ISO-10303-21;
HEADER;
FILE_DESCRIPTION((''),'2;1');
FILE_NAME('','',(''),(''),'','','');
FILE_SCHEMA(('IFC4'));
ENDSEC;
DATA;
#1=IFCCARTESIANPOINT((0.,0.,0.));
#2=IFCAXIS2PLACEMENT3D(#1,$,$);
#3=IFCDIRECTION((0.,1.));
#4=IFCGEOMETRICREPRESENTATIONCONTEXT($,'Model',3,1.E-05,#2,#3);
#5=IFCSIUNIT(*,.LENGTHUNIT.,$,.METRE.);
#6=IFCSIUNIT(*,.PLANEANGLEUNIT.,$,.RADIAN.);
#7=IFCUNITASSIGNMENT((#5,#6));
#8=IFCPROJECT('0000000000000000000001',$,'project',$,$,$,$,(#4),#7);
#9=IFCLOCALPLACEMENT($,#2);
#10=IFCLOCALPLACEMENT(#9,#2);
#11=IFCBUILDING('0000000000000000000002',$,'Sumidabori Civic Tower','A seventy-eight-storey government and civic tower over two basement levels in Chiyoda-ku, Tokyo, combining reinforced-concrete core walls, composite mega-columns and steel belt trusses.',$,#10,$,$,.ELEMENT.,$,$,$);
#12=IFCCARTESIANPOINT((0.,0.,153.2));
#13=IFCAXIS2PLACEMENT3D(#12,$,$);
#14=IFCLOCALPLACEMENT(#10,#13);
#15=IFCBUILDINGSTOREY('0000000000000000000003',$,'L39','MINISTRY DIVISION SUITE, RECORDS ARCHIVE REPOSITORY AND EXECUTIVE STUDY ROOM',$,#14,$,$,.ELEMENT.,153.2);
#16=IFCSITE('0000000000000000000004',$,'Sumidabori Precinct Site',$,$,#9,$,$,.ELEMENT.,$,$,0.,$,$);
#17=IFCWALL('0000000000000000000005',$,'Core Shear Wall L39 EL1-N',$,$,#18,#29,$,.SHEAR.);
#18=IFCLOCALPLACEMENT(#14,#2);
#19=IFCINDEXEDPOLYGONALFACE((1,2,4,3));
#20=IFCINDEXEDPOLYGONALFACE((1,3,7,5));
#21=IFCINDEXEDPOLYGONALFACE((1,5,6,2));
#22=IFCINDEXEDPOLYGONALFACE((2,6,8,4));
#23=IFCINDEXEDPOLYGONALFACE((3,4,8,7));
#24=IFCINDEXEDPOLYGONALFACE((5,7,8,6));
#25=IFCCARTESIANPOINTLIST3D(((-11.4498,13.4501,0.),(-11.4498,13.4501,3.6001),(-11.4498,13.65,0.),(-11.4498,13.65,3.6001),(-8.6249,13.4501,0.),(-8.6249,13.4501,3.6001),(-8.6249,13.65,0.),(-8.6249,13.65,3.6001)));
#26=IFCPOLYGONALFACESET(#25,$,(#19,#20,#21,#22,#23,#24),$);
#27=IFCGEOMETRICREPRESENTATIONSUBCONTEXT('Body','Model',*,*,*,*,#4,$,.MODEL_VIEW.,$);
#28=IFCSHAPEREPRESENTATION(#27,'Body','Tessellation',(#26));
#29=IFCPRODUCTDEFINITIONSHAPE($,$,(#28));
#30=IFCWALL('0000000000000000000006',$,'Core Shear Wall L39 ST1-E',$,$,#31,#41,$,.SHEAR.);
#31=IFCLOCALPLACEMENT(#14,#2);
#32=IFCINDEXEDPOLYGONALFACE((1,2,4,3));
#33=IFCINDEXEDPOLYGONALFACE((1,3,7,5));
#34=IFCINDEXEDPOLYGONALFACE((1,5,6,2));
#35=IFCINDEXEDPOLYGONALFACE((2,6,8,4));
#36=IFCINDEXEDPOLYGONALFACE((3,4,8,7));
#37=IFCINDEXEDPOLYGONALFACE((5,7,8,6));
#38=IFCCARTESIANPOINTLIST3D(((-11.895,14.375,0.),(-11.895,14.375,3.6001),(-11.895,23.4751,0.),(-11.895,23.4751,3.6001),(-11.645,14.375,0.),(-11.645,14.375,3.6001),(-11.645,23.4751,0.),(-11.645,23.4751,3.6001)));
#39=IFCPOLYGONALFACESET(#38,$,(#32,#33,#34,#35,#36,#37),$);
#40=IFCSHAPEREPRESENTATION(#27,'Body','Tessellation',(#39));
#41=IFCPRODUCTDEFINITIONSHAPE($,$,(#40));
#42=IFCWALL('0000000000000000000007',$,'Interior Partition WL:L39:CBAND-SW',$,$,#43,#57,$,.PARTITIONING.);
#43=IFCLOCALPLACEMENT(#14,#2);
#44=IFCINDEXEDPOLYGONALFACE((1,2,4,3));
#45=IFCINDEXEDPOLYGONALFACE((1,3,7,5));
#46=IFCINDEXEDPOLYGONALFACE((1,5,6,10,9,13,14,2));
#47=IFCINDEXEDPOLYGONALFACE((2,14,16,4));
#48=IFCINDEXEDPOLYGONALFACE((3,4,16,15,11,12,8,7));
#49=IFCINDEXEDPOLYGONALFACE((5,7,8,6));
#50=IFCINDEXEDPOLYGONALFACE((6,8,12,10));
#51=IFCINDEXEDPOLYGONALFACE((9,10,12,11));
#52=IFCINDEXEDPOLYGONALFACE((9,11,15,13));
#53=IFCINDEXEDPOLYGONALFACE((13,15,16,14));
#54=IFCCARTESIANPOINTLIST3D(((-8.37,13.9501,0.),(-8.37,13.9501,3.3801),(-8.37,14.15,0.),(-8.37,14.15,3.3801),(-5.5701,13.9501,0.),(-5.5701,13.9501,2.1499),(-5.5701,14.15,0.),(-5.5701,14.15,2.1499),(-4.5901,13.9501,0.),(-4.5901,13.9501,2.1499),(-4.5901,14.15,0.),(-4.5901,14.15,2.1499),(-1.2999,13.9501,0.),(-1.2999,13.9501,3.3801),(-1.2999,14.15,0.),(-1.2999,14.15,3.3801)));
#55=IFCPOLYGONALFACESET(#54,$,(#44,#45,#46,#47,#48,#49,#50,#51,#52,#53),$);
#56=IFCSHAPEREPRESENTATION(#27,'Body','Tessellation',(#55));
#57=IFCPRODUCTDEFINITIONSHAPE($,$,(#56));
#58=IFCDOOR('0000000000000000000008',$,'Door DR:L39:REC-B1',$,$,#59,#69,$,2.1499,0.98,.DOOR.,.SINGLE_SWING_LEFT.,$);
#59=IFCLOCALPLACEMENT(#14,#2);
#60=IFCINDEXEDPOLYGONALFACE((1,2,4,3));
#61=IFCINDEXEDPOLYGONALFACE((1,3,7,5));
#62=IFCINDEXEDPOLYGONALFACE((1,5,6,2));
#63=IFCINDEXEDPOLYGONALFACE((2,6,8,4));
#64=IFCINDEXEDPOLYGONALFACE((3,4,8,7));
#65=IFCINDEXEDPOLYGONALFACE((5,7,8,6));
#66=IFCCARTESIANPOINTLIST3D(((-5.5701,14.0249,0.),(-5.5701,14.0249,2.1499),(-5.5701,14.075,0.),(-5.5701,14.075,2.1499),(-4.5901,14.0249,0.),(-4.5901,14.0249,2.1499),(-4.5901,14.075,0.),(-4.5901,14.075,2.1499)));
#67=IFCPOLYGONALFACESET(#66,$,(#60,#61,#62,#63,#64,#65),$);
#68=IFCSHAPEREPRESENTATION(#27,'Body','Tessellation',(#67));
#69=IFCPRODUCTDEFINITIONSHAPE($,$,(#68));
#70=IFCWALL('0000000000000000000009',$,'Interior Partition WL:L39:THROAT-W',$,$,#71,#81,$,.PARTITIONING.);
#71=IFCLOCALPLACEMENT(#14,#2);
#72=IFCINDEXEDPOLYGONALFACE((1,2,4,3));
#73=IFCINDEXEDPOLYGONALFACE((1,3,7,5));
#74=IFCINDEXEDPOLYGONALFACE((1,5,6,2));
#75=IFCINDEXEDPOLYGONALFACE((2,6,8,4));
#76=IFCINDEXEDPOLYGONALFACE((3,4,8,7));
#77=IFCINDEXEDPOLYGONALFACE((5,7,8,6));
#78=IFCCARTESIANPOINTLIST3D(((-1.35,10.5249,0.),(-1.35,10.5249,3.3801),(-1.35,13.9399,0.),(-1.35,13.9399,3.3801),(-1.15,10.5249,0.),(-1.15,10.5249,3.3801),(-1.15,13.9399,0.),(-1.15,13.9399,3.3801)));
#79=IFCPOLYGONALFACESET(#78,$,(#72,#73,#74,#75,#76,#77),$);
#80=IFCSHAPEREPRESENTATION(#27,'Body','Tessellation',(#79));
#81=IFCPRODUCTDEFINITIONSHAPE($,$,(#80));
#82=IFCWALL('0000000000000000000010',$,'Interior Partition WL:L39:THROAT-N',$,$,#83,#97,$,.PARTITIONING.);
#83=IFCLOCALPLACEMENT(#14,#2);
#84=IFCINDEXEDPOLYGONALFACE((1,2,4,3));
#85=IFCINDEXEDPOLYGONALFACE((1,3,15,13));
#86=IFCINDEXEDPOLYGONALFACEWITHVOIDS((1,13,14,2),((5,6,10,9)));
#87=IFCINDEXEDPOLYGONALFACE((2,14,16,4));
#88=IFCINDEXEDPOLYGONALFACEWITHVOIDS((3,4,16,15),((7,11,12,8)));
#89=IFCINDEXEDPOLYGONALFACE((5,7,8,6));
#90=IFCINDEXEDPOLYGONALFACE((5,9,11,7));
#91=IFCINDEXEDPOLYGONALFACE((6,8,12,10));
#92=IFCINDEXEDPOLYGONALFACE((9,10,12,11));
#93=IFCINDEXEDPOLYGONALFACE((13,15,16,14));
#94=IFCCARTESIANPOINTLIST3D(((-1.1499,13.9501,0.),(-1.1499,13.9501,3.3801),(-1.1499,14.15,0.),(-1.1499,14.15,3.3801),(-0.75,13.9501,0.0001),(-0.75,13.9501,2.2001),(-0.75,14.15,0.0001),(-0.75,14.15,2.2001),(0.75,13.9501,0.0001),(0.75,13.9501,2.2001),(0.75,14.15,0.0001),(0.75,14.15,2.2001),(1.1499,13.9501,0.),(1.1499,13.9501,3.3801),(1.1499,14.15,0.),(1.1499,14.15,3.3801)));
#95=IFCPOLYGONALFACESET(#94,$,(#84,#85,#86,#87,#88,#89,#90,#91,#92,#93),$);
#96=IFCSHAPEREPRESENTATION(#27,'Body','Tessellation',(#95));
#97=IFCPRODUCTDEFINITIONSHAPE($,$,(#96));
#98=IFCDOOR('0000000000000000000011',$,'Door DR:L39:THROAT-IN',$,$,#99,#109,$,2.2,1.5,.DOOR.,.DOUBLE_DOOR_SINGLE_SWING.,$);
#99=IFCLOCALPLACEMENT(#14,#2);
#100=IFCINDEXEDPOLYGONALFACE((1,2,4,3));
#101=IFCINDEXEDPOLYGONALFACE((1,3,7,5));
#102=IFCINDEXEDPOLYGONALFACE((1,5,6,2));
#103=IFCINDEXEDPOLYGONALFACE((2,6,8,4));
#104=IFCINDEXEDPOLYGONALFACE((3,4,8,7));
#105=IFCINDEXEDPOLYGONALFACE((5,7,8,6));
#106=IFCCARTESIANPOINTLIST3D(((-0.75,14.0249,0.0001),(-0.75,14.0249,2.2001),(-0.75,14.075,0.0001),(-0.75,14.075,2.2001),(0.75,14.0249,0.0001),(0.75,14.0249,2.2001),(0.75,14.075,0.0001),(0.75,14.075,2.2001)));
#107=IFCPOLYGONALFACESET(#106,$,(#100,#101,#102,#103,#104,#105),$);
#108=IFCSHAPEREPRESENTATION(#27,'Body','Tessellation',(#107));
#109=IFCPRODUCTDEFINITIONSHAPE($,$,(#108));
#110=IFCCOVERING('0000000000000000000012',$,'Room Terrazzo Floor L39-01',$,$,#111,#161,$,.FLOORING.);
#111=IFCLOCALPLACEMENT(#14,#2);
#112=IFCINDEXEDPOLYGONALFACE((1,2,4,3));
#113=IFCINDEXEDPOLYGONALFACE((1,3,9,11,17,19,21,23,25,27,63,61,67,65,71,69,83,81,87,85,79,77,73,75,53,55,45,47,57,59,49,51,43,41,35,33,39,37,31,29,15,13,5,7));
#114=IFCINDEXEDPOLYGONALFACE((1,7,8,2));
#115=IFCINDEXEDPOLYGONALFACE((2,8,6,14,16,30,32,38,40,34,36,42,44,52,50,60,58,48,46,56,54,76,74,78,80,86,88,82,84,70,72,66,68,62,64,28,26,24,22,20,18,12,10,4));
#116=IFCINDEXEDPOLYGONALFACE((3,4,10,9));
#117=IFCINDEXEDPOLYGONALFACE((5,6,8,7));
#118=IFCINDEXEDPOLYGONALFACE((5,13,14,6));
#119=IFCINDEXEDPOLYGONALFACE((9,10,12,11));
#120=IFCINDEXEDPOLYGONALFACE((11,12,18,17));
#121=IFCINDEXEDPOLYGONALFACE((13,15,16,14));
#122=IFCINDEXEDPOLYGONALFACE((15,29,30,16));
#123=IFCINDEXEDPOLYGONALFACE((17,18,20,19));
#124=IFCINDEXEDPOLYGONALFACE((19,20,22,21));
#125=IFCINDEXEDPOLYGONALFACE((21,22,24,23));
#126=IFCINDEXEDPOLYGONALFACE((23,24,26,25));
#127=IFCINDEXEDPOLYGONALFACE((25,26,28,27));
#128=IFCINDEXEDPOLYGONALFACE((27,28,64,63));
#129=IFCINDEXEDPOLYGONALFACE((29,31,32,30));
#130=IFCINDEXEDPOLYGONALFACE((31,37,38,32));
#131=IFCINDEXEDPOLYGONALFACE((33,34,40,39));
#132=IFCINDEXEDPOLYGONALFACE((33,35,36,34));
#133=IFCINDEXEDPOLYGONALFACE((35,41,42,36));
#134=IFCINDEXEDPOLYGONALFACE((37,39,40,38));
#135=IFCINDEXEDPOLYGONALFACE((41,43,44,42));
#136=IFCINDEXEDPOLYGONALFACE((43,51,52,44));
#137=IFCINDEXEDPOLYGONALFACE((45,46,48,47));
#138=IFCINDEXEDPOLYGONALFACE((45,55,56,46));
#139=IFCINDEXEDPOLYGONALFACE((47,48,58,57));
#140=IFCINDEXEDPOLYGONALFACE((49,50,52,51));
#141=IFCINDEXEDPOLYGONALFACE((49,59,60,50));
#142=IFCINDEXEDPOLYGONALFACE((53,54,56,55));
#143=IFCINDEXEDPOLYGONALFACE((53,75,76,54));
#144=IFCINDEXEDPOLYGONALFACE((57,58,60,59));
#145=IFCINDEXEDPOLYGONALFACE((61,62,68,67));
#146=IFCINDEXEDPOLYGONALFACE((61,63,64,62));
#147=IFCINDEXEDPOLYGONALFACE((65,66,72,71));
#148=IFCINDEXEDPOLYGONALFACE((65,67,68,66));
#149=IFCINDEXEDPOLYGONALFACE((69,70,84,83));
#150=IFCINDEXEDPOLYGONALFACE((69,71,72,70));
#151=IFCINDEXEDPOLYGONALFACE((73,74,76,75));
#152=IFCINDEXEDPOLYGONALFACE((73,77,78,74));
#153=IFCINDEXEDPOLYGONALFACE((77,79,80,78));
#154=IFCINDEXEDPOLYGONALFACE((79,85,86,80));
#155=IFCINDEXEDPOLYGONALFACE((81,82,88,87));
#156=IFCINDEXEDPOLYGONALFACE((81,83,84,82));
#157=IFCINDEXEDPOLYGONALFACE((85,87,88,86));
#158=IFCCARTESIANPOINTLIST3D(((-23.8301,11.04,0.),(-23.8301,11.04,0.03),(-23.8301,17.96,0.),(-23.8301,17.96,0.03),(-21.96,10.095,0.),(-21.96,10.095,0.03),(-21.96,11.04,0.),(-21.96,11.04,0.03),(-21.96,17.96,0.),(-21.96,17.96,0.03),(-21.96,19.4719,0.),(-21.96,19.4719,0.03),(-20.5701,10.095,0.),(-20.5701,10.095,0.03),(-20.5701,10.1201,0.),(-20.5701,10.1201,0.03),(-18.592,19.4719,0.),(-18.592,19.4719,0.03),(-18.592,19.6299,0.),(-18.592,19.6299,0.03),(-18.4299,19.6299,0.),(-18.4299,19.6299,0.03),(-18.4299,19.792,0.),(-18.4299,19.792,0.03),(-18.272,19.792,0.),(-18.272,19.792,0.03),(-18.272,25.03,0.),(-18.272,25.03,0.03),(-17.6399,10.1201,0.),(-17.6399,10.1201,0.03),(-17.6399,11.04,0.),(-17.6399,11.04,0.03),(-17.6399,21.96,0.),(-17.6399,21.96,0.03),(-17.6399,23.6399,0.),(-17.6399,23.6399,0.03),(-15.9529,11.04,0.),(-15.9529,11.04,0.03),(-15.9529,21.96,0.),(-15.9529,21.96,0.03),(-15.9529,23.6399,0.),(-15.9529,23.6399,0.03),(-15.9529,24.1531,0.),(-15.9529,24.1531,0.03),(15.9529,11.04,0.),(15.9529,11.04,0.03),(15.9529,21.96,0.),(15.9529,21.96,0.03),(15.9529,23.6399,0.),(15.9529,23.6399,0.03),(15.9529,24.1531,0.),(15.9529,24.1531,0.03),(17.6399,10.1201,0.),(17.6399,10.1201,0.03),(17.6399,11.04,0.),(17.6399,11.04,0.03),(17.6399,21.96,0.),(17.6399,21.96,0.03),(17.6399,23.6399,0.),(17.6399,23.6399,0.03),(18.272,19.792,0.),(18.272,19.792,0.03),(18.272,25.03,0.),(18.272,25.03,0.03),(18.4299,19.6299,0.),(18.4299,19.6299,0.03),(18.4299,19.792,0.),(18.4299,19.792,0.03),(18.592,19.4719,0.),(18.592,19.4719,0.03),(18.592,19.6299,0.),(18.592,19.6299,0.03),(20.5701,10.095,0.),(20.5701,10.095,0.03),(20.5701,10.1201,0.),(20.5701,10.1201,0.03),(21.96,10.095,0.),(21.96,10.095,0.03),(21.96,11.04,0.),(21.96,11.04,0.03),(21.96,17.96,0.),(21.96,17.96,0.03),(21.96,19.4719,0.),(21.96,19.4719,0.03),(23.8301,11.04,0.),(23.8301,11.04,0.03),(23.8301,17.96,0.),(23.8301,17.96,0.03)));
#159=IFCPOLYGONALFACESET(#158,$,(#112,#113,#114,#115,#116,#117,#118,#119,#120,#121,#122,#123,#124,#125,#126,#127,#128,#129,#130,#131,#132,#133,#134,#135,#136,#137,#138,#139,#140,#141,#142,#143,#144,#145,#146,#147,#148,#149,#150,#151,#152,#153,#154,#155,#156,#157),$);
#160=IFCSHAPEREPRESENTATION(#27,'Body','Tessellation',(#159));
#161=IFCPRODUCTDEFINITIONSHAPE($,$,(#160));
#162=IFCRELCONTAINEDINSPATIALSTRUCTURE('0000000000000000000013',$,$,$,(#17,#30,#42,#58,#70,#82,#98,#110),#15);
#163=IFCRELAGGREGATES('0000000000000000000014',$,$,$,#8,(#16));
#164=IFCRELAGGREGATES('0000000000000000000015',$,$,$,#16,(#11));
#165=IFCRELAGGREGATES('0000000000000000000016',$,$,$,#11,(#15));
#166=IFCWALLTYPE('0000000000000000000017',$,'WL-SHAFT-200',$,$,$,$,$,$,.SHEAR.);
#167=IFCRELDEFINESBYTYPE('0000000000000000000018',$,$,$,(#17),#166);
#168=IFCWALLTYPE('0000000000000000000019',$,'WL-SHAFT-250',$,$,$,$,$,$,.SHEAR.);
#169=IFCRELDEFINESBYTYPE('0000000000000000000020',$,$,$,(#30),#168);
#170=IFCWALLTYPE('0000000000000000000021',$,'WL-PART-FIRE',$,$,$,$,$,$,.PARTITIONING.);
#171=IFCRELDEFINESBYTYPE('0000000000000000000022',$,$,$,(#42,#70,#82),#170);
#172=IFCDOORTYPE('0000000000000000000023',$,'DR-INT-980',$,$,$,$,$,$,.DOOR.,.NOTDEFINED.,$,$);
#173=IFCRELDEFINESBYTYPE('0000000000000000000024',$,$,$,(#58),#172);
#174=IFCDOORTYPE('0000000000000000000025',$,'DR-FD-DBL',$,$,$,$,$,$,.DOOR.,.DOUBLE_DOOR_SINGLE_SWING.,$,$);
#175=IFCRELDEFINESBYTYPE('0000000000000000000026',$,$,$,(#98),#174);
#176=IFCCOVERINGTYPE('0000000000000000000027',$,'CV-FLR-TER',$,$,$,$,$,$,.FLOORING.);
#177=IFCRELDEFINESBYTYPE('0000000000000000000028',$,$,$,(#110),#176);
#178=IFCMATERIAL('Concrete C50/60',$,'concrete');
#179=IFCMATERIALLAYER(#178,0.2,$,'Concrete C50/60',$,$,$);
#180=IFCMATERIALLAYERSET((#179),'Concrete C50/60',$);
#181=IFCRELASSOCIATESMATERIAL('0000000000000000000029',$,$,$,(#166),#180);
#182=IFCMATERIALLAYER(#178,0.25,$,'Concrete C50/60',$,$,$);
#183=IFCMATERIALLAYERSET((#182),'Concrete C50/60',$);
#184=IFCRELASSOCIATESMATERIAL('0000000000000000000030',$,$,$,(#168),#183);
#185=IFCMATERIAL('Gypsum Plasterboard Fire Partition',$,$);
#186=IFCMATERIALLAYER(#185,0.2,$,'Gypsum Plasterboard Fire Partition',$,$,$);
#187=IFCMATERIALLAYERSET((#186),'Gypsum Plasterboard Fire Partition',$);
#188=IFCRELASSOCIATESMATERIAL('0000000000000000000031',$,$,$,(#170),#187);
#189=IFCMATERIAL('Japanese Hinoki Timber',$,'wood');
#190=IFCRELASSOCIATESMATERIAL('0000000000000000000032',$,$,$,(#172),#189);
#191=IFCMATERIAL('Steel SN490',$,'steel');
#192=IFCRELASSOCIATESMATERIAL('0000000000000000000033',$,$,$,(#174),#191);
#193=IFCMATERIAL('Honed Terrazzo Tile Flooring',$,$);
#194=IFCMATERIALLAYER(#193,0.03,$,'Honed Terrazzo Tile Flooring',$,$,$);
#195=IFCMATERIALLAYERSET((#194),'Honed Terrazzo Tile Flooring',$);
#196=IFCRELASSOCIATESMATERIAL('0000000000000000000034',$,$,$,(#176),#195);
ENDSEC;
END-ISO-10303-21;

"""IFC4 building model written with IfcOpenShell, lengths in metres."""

from ifc_helpers import new_model, si_unit, direction, frame, frame_2d, origin, place, context, subcontext, project, spatial, polyline, rectangle, outline, extrude, source, transform, mapped, material, layer, layer_set, type_object, element, fill, save


model = new_model("IFC4")

# Units and contexts
model_context = context("Model", 3, precision=1e-05, world=origin(), true_north=direction((0.0, 1.0)))
body_context = subcontext(model_context, "Body", "Model", "MODEL_VIEW")
ifc_project = project(units=[si_unit("LENGTHUNIT", "METRE"), si_unit("PLANEANGLEUNIT", "RADIAN")], contexts=[model_context])

# Site, building, storey
site_placement = place(None, origin())
site = spatial("IfcSite", under=ifc_project, at=site_placement, Name="Sumidabori Precinct Site", CompositionType="ELEMENT", RefElevation=0.0)
building_placement = place(site_placement, origin())
building = spatial("IfcBuilding", under=site, at=building_placement, Name="Sumidabori Civic Tower", Description="A seventy-eight-storey government and civic tower over two basement levels in Chiyoda-ku, Tokyo, combining reinforced-concrete core walls, composite mega-columns and steel belt trusses.", CompositionType="ELEMENT")
storey_placement = place(building_placement, frame((0.0, 0.0, 153.2)))
storey = spatial("IfcBuildingStorey", under=building, at=storey_placement, Name="L39", Description="MINISTRY DIVISION SUITE, RECORDS ARCHIVE REPOSITORY AND EXECUTIVE STUDY ROOM", CompositionType="ELEMENT", Elevation=153.2)

# Wall
ifc_material_1 = material(Name="Concrete C50/60", Category="concrete")
ifc_layer_1 = layer(ifc_material_1, 0.2, Name="Concrete C50/60")
ifc_layer_set_1 = layer_set([ifc_layer_1], Name="Concrete C50/60")
wall_type_1 = type_object("IfcWallType", Name="WL-SHAFT-200", PredefinedType="SHEAR", material=ifc_layer_set_1)
shared_shape_1 = source(origin(), body_context, "Body", "SweptSolid", [
    extrude(rectangle(XDim=2.825, YDim=0.2, at=frame_2d((1.4126, 0.0))), origin(), (0.0, 0.0, 1.0), 3.6001),
])
wall_1_placement = place(storey_placement, frame((-11.45, 13.55, 0.0), z_axis=(0.0, 0.0, 1.0), x_axis=(1.0, 0.0, 0.0)))
element("IfcWall", 1, at=wall_1_placement, inside=storey, type_object=wall_type_1, Name="Core Shear Wall L39 EL1-N", PredefinedType="SHEAR", context=body_context, shape_type="MappedRepresentation", body=[
    mapped(shared_shape_1, transform((0.0, 0.0, 0.0), x_axis=(1.0, 0.0, 0.0), y_axis=(0.0, 1.0, 0.0), z_axis=(0.0, 0.0, 1.0), scale=1.0)),
])

# Shared definitions
ifc_layer_2 = layer(ifc_material_1, 0.25, Name="Concrete C50/60")
ifc_layer_set_2 = layer_set([ifc_layer_2], Name="Concrete C50/60")
wall_type_2 = type_object("IfcWallType", Name="WL-SHAFT-250", PredefinedType="SHEAR", material=ifc_layer_set_2)

# Shared definitions
ifc_material_2 = material(Name="Steel SN490", Category="steel")

# Wall
shared_shape_2 = source(origin(), body_context, "Body", "SweptSolid", [
    extrude(rectangle(XDim=9.1001, YDim=0.25, at=frame_2d((4.55, 0.0))), origin(), (0.0, 0.0, 1.0), 3.6001),
])
wall_2_placement = place(storey_placement, frame((-11.77, 14.375, 0.0), z_axis=(0.0, 0.0, 1.0), x_axis=(0.0, 1.0, 0.0)))
element("IfcWall", 2, at=wall_2_placement, inside=storey, type_object=wall_type_2, Name="Core Shear Wall L39 ST1-E", PredefinedType="SHEAR", context=body_context, shape_type="MappedRepresentation", body=[
    mapped(shared_shape_2, transform((0.0, 0.0, 0.0), x_axis=(1.0, 0.0, 0.0), y_axis=(0.0, 1.0, 0.0), z_axis=(0.0, 0.0, 1.0), scale=1.0)),
])

# Wall, opening, door
ifc_material_3 = material(Name="Gypsum Plasterboard Fire Partition")
ifc_layer_3 = layer(ifc_material_3, 0.2, Name="Gypsum Plasterboard Fire Partition")
ifc_layer_set_3 = layer_set([ifc_layer_3], Name="Gypsum Plasterboard Fire Partition")
wall_type_3 = type_object("IfcWallType", Name="WL-PART-FIRE", PredefinedType="PARTITIONING", material=ifc_layer_set_3)
shared_shape_3 = source(origin(), body_context, "Body", "SweptSolid", [
    extrude(rectangle(XDim=7.0701, YDim=0.2, at=frame_2d((3.5352, 0.0))), origin(), (0.0, 0.0, 1.0), 3.3801),
])
wall_3_placement = place(storey_placement, frame((-8.3701, 14.05, 0.0), z_axis=(0.0, 0.0, 1.0), x_axis=(1.0, 0.0, 0.0)))
wall_3 = element("IfcWall", 3, at=wall_3_placement, inside=storey, type_object=wall_type_3, Name="Interior Partition WL:L39:CBAND-SW", PredefinedType="PARTITIONING", context=body_context, shape_type="MappedRepresentation", body=[
    mapped(shared_shape_3, transform((0.0, 0.0, 0.0), x_axis=(1.0, 0.0, 0.0), y_axis=(0.0, 1.0, 0.0), z_axis=(0.0, 0.0, 1.0), scale=1.0)),
])
opening_1_placement = place(wall_3_placement, frame((2.8, 0.0, 0.0)))
opening_1 = element("IfcOpeningElement", 4, at=opening_1_placement, cuts=wall_3, PredefinedType="OPENING", context=body_context, shape_type="SweptSolid", body=[
    extrude(rectangle(XDim=0.98, YDim=2.1499, at=frame_2d((0.49, 1.075))), frame((0.0, 0.1118, 0.0), z_axis=(0.0, -1.0, 0.0), x_axis=(1.0, 0.0, 0.0)), (0.0, 0.0, 1.0), 0.2239),
])
ifc_material_4 = material(Name="Japanese Hinoki Timber", Category="wood")
door_type_1 = type_object("IfcDoorType", Name="DR-INT-980", OperationType="NOTDEFINED", PredefinedType="DOOR", material=ifc_material_4)
shared_shape_4 = source(origin(), body_context, "Body", "SweptSolid", [
    extrude(rectangle(XDim=0.98, YDim=2.1499, at=frame_2d((0.49, 1.075))), frame((0.0, 0.0249, 0.0), z_axis=(0.0, -1.0, 0.0), x_axis=(1.0, 0.0, 0.0)), (0.0, 0.0, 1.0), 0.05),
])
door_1_placement = place(opening_1_placement, origin())
door_1 = element("IfcDoor", 5, at=door_1_placement, inside=storey, type_object=door_type_1, Name="Door DR:L39:REC-B1", OperationType="SINGLE_SWING_LEFT", OverallHeight=2.1499, OverallWidth=0.98, PredefinedType="DOOR", context=body_context, shape_type="MappedRepresentation", body=[
    mapped(shared_shape_4, transform((0.0, 0.0, 0.0), x_axis=(1.0, 0.0, 0.0), y_axis=(0.0, 1.0, 0.0), z_axis=(0.0, 0.0, 1.0), scale=1.0)),
])
fill(opening_1, door_1)

# Wall
shared_shape_5 = source(origin(), body_context, "Body", "SweptSolid", [
    extrude(rectangle(XDim=3.415, YDim=0.2, at=frame_2d((1.7075, 0.0))), origin(), (0.0, 0.0, 1.0), 3.3801),
])
wall_4_placement = place(storey_placement, frame((-1.25, 10.5249, 0.0), z_axis=(0.0, 0.0, 1.0), x_axis=(0.0, 1.0, 0.0)))
element("IfcWall", 6, at=wall_4_placement, inside=storey, type_object=wall_type_3, Name="Interior Partition WL:L39:THROAT-W", PredefinedType="PARTITIONING", context=body_context, shape_type="MappedRepresentation", body=[
    mapped(shared_shape_5, transform((0.0, 0.0, 0.0), x_axis=(1.0, 0.0, 0.0), y_axis=(0.0, 1.0, 0.0), z_axis=(0.0, 0.0, 1.0), scale=1.0)),
])

# Wall, opening, door
shared_shape_6 = source(origin(), body_context, "Body", "SweptSolid", [
    extrude(rectangle(XDim=2.2998, YDim=0.2, at=frame_2d((1.1499, 0.0))), origin(), (0.0, 0.0, 1.0), 3.3801),
])
wall_5_placement = place(storey_placement, frame((-1.1499, 14.05, 0.0), z_axis=(0.0, 0.0, 1.0), x_axis=(1.0, 0.0, 0.0)))
wall_5 = element("IfcWall", 7, at=wall_5_placement, inside=storey, type_object=wall_type_3, Name="Interior Partition WL:L39:THROAT-N", PredefinedType="PARTITIONING", context=body_context, shape_type="MappedRepresentation", body=[
    mapped(shared_shape_6, transform((0.0, 0.0, 0.0), x_axis=(1.0, 0.0, 0.0), y_axis=(0.0, 1.0, 0.0), z_axis=(0.0, 0.0, 1.0), scale=1.0)),
])
opening_2_placement = place(wall_5_placement, frame((0.3999, 0.0, 0.0)))
opening_2 = element("IfcOpeningElement", 8, at=opening_2_placement, cuts=wall_5, PredefinedType="OPENING", context=body_context, shape_type="SweptSolid", body=[
    extrude(rectangle(XDim=1.5, YDim=2.2, at=frame_2d((0.75, 1.1001))), frame((0.0, 0.1118, 0.0), z_axis=(0.0, -1.0, 0.0), x_axis=(1.0, 0.0, 0.0)), (0.0, 0.0, 1.0), 0.2239),
])
door_type_2 = type_object("IfcDoorType", Name="DR-FD-DBL", OperationType="DOUBLE_DOOR_SINGLE_SWING", PredefinedType="DOOR", material=ifc_material_2)
shared_shape_7 = source(origin(), body_context, "Body", "SweptSolid", [
    extrude(rectangle(XDim=1.5, YDim=2.2, at=frame_2d((0.75, 1.1001))), frame((0.0, 0.0249, 0.0), z_axis=(0.0, -1.0, 0.0), x_axis=(1.0, 0.0, 0.0)), (0.0, 0.0, 1.0), 0.05),
])
door_2_placement = place(opening_2_placement, origin())
door_2 = element("IfcDoor", 9, at=door_2_placement, inside=storey, type_object=door_type_2, Name="Door DR:L39:THROAT-IN", OperationType="DOUBLE_DOOR_SINGLE_SWING", OverallHeight=2.2, OverallWidth=1.5, PredefinedType="DOOR", context=body_context, shape_type="MappedRepresentation", body=[
    mapped(shared_shape_7, transform((0.0, 0.0, 0.0), x_axis=(1.0, 0.0, 0.0), y_axis=(0.0, 1.0, 0.0), z_axis=(0.0, 0.0, 1.0), scale=1.0)),
])
fill(opening_2, door_2)

# Covering
ifc_material_5 = material(Name="Honed Terrazzo Tile Flooring")
ifc_layer_4 = layer(ifc_material_5, 0.03, Name="Honed Terrazzo Tile Flooring")
ifc_layer_set_4 = layer_set([ifc_layer_4], Name="Honed Terrazzo Tile Flooring")
covering_type = type_object("IfcCoveringType", Name="CV-FLR-TER", PredefinedType="FLOORING", material=ifc_layer_set_4)
covering_placement = place(storey_placement, origin())
element("IfcCovering", 10, at=covering_placement, inside=storey, type_object=covering_type, Name="Room Terrazzo Floor L39-01", PredefinedType="FLOORING", context=body_context, shape_type="SweptSolid", body=[
    extrude(outline(polyline([(-20.5701, 10.095), (-21.96, 10.095), (-21.96, 11.04), (-23.8301, 11.04), (-23.8301, 17.96), (-21.96, 17.96), (-21.96, 19.4719), (-18.592, 19.4719), (-18.592, 19.6299), (-18.4299, 19.6299), (-18.4299, 19.792), (-18.272, 19.792), (-18.272, 25.03), (18.272, 25.03), (18.272, 19.792), (18.4299, 19.792), (18.4299, 19.6299), (18.592, 19.6299), (18.592, 19.4719), (21.96, 19.4719), (21.96, 17.96), (23.8301, 17.96), (23.8301, 11.04), (21.96, 11.04), (21.96, 10.095), (20.5701, 10.095), (20.5701, 10.1201), (17.6399, 10.1201), (17.6399, 11.04), (15.9529, 11.04), (15.9529, 21.96), (17.6399, 21.96), (17.6399, 23.6399), (15.9529, 23.6399), (15.9529, 24.1531), (-15.9529, 24.1531), (-15.9529, 23.6399), (-17.6399, 23.6399), (-17.6399, 21.96), (-15.9529, 21.96), (-15.9529, 11.04), (-17.6399, 11.04), (-17.6399, 10.1201), (-20.5701, 10.1201), (-20.5701, 10.095)])), origin(), (0.0, 0.0, 1.0), 0.03),
])

save(model, "model.ifc")
